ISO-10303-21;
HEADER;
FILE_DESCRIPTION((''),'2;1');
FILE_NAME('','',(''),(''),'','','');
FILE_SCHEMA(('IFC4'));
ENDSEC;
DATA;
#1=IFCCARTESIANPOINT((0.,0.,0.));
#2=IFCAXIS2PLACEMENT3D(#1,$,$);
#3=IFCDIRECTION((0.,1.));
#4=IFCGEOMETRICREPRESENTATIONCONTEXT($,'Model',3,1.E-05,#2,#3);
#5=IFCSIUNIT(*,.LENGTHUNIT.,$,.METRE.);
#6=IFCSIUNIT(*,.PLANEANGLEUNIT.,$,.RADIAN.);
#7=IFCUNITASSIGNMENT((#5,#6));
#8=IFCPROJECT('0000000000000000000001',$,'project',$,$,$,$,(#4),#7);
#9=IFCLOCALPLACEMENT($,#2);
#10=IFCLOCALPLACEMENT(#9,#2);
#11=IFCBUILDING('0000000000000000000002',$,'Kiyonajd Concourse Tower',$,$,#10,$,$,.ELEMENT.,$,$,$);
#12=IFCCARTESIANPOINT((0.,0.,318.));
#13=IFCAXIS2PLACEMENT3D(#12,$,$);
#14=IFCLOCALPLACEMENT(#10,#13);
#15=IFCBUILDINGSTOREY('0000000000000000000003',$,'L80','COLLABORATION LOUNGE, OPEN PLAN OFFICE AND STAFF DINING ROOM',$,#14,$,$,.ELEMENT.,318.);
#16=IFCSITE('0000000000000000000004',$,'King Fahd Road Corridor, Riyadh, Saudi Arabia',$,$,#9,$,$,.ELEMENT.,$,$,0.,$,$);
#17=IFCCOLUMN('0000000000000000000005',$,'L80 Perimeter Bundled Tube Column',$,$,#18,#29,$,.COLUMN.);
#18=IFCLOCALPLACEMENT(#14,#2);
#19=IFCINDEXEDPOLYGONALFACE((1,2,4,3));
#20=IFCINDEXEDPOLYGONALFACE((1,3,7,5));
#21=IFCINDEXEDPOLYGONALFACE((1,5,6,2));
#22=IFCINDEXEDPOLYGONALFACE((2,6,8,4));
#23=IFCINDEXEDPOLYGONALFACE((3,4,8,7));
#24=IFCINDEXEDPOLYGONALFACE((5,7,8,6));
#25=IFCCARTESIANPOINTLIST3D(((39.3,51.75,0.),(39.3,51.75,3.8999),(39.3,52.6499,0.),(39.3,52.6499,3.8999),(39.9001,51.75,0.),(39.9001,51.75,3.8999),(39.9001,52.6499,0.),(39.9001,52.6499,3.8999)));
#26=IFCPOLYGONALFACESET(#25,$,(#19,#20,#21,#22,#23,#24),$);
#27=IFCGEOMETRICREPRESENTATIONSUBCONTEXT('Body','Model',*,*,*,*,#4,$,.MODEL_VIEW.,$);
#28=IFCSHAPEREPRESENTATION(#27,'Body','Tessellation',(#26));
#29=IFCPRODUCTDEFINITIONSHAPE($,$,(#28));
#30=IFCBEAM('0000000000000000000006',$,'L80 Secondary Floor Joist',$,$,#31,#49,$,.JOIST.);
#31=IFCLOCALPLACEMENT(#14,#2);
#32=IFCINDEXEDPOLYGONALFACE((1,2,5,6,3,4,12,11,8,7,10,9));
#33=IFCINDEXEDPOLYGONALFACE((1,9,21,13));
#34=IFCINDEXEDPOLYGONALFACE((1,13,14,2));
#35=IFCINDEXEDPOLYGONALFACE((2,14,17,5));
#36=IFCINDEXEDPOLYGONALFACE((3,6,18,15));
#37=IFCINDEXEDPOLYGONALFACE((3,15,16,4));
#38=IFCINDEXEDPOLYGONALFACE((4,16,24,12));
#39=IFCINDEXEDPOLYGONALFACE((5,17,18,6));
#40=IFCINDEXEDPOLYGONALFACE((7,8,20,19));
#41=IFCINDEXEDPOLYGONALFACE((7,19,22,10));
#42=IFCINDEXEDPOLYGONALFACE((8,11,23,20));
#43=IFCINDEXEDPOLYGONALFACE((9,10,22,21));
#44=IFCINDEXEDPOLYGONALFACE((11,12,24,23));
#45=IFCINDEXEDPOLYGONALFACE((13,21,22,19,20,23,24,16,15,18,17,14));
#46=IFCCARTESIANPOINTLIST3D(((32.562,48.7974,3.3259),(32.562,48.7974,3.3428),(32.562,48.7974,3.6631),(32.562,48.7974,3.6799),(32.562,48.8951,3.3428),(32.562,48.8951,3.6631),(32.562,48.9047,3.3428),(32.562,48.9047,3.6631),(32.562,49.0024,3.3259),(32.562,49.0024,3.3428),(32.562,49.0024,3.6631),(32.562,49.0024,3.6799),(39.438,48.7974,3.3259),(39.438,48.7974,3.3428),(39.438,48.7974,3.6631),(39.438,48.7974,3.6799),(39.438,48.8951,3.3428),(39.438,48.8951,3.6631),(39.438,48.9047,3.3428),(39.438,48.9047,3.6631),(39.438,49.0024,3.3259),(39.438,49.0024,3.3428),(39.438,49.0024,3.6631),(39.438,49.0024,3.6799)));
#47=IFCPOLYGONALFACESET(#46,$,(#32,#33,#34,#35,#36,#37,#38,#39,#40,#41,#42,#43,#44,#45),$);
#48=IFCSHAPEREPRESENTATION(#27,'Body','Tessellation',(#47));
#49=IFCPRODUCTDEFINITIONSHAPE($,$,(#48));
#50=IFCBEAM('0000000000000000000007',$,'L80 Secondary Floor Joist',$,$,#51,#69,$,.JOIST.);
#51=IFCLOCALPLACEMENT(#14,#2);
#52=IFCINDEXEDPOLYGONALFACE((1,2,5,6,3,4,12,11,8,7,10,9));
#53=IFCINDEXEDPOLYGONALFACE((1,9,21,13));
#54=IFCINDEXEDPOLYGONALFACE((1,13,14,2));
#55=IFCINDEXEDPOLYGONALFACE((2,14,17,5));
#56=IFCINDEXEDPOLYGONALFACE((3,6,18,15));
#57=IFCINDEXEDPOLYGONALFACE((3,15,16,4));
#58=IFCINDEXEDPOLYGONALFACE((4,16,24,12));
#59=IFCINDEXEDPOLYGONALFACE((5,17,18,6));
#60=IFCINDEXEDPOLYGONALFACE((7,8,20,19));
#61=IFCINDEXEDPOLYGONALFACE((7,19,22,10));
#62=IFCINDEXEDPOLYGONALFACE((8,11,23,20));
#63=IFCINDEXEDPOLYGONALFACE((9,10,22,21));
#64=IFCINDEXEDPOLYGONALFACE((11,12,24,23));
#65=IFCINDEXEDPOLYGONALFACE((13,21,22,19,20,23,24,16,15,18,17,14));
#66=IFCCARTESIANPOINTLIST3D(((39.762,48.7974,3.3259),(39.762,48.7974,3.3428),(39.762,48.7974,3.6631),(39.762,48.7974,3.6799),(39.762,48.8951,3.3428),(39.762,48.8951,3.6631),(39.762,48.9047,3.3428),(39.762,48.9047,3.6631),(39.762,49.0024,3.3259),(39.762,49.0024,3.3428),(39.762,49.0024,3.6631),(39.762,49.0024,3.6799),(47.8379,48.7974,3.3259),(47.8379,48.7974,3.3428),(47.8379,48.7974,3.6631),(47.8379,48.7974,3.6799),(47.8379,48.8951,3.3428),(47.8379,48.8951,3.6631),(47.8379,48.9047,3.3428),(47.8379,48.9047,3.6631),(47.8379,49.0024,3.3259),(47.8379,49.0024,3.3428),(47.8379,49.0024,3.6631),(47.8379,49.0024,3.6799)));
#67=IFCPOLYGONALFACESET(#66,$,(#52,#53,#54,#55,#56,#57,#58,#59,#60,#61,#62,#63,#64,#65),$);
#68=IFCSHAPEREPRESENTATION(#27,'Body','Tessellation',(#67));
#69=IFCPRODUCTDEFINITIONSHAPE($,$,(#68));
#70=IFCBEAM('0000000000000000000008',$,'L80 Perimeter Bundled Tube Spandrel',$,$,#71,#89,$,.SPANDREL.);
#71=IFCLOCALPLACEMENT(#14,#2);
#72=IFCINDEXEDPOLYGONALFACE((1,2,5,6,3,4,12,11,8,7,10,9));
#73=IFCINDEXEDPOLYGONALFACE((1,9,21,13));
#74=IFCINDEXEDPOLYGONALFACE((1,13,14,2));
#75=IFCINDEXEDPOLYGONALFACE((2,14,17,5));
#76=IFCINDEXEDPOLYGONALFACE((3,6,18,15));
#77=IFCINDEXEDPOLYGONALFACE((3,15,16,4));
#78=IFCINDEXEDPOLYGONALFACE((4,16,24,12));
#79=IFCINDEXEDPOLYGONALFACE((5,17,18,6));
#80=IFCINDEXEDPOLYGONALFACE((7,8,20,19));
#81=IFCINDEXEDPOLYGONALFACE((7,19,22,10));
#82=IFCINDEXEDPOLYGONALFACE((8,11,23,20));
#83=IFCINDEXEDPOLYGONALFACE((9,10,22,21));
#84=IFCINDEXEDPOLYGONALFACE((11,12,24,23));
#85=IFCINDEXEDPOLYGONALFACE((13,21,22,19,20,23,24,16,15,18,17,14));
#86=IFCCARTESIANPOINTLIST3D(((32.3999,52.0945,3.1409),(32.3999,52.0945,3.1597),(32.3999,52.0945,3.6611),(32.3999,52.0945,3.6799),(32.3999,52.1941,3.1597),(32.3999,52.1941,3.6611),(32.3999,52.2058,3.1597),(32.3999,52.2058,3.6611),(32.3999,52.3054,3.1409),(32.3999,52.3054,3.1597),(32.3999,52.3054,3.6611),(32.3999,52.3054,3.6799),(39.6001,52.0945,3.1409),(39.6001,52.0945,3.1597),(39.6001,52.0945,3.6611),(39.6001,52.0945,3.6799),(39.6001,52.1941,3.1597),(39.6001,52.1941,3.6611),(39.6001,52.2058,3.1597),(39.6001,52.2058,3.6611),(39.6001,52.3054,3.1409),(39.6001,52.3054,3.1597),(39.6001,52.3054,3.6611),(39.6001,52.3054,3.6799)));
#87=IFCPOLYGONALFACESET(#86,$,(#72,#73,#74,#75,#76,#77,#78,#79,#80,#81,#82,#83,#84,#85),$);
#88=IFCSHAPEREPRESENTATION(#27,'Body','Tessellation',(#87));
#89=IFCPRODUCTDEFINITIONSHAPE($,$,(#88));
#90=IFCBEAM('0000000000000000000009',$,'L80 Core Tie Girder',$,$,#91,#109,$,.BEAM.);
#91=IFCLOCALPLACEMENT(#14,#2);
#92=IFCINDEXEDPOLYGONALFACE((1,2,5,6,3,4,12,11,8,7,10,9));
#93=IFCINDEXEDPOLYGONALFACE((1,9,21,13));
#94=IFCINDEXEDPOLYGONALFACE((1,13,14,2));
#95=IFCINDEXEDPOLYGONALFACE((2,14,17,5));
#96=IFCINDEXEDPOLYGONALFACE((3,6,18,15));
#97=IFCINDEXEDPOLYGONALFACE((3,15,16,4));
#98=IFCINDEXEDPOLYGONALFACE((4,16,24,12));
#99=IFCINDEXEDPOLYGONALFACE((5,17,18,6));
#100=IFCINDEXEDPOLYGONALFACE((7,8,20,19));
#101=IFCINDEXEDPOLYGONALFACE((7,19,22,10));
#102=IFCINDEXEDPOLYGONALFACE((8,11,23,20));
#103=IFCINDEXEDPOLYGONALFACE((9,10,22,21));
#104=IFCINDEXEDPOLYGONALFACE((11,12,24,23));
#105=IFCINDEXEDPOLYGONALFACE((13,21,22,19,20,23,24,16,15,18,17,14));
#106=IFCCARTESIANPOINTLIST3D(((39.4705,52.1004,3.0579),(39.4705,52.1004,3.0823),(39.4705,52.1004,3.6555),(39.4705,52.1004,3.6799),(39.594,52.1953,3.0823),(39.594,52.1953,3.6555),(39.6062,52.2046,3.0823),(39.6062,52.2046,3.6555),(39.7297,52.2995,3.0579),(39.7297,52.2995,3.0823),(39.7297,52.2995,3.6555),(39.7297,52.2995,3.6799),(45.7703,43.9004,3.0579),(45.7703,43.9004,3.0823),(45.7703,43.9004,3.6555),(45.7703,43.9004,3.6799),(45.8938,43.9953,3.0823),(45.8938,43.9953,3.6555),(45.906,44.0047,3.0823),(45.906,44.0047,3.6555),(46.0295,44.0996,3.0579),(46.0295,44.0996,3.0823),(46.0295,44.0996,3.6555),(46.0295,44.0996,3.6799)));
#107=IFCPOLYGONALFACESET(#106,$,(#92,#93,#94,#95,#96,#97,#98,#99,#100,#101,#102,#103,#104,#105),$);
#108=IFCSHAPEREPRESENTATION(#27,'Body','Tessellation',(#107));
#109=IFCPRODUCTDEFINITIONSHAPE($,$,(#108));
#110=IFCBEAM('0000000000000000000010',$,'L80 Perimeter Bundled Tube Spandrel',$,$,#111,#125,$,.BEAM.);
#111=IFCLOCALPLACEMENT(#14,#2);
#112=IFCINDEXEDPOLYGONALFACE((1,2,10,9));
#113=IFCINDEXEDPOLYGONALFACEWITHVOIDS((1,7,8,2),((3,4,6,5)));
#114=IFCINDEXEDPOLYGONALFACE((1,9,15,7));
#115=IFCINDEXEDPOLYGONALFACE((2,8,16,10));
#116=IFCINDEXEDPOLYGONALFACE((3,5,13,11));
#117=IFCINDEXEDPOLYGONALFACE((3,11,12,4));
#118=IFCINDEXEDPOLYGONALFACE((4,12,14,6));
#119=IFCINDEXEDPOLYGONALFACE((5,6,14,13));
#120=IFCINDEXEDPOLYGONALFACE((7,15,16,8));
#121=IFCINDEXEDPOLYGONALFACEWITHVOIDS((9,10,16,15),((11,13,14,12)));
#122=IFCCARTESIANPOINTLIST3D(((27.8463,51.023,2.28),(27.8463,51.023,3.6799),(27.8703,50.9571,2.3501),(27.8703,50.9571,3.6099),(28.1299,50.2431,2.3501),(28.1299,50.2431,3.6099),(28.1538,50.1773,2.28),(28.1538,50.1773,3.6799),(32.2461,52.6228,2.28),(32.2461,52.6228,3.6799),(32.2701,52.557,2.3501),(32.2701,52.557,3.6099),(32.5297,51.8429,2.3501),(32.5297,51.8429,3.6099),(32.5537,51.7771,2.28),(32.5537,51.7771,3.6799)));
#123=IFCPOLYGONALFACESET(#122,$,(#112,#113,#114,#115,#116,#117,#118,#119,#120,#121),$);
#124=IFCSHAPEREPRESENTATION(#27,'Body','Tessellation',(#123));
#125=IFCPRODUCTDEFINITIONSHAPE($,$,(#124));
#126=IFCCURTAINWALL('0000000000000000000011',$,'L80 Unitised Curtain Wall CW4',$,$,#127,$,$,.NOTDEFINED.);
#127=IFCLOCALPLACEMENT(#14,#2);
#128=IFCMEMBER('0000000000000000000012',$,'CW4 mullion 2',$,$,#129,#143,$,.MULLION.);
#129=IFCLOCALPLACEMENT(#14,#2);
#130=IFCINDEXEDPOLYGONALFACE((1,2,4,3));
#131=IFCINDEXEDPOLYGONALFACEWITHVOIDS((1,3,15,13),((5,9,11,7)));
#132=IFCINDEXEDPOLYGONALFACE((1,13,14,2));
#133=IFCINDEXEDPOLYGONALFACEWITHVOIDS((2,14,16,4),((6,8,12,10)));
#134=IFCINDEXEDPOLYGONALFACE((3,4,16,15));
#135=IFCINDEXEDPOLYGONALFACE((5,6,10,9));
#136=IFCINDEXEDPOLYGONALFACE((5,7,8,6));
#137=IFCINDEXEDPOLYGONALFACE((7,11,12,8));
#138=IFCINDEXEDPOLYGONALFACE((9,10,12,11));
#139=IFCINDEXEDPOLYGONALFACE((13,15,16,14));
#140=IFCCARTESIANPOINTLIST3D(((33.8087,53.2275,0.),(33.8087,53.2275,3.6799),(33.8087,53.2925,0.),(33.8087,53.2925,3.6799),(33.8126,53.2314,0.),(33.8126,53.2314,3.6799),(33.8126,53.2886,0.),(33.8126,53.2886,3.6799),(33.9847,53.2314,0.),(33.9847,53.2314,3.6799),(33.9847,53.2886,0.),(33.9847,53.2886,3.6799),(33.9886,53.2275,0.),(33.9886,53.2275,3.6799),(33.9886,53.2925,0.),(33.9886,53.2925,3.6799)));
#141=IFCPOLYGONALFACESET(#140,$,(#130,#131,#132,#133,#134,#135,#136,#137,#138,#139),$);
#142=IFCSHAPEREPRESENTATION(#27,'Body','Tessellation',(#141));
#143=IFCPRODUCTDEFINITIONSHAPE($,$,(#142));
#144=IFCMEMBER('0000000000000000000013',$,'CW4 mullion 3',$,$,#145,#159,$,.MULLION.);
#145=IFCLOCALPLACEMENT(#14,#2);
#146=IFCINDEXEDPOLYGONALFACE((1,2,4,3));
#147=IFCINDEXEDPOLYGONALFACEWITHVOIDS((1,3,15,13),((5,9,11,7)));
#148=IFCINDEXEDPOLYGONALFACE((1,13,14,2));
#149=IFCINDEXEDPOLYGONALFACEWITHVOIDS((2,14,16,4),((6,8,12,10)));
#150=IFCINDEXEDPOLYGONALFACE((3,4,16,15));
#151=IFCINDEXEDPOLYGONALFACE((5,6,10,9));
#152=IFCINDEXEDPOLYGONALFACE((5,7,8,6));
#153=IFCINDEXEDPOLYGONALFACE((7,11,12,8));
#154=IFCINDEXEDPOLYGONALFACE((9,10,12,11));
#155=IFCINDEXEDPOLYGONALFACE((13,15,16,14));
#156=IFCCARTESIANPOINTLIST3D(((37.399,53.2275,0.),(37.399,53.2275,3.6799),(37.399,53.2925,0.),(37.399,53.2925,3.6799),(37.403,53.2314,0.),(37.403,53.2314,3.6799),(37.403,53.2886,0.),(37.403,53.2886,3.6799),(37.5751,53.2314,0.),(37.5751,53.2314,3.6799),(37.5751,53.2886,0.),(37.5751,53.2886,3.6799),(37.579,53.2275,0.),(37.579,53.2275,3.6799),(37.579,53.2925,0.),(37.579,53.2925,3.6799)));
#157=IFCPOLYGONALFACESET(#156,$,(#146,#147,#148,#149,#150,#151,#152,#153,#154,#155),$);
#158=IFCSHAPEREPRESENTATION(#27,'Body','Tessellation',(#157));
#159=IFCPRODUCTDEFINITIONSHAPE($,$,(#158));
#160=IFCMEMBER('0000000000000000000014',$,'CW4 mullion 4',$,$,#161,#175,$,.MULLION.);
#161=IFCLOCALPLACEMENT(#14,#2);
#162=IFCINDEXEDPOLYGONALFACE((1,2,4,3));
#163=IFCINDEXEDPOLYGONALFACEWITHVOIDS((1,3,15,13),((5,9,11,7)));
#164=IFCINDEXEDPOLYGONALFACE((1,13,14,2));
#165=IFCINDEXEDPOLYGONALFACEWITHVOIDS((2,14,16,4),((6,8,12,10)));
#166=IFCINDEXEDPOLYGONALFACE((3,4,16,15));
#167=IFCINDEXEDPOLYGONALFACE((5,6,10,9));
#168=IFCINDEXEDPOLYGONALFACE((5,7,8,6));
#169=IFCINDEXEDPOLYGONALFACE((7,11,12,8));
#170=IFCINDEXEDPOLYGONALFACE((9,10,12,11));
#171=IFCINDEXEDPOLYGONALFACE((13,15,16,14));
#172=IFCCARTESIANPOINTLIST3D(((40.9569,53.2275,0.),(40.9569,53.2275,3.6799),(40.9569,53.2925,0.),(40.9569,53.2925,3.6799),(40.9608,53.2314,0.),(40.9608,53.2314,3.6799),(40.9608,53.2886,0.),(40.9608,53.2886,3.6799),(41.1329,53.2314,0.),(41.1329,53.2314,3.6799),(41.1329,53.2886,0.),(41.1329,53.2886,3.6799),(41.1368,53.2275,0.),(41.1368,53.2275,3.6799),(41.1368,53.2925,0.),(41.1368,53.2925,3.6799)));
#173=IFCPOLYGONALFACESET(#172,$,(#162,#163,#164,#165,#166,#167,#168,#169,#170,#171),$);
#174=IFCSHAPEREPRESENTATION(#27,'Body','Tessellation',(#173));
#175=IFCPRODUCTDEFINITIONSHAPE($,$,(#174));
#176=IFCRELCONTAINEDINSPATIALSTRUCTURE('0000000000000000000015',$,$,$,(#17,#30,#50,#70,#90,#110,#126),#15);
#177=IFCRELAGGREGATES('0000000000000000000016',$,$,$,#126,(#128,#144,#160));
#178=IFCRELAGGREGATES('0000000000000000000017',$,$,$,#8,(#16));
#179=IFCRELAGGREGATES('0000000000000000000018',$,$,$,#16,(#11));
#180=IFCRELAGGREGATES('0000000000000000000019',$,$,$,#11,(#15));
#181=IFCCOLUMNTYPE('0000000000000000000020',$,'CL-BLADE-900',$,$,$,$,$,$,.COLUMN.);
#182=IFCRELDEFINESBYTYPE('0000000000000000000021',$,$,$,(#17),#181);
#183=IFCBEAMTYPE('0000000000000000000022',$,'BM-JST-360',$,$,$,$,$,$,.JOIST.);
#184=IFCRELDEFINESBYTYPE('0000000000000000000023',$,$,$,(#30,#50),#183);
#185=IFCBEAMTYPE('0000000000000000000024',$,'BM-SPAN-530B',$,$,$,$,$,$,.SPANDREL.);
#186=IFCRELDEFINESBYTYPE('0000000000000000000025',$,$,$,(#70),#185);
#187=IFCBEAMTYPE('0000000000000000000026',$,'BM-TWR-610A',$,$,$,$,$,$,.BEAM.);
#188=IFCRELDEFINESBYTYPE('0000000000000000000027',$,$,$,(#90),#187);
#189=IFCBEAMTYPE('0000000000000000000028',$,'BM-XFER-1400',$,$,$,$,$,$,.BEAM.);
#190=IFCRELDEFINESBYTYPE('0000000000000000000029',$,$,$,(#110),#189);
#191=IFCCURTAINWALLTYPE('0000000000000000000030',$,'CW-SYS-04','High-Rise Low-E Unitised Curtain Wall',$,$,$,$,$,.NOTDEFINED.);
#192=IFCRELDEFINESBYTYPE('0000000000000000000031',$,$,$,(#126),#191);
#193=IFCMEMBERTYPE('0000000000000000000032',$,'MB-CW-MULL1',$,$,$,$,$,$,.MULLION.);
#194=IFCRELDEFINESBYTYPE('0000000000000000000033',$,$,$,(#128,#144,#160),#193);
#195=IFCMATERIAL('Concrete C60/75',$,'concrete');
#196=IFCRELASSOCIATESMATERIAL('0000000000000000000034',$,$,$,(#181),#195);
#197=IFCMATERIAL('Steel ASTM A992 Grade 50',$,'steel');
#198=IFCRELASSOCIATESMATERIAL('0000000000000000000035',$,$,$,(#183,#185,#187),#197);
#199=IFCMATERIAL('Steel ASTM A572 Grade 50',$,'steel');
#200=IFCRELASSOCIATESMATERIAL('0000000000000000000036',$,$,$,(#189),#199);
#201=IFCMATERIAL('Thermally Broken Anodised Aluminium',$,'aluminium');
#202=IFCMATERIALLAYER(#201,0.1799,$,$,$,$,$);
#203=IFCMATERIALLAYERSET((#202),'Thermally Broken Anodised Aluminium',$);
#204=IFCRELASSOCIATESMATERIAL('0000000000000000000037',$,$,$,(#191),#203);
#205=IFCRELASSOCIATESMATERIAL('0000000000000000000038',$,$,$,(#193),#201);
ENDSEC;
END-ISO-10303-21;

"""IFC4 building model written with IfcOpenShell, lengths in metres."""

from ifc_helpers import new_model, si_unit, direction, frame, origin, origin_2d, place, context, subcontext, project, spatial, rectangle, hollow_rectangle, i_section, extrude, material, layer, layer_set, material_profile, profile_set, type_object, element, aggregate, save


model = new_model("IFC4")

# Units and contexts
model_context = context("Model", 3, precision=1e-05, world=origin(), true_north=direction((0.0, 1.0)))
body_context = subcontext(model_context, "Body", "Model", "MODEL_VIEW")
ifc_project = project(units=[si_unit("LENGTHUNIT", "METRE"), si_unit("PLANEANGLEUNIT", "RADIAN")], contexts=[model_context])

# Site, building, storey
site_placement = place(None, origin())
site = spatial("IfcSite", under=ifc_project, at=site_placement, Name="King Fahd Road Corridor, Riyadh, Saudi Arabia", CompositionType="ELEMENT", RefElevation=0.0)
building_placement = place(site_placement, origin())
building = spatial("IfcBuilding", under=site, at=building_placement, Name="Kiyonajd Concourse Tower", CompositionType="ELEMENT")
storey_placement = place(building_placement, frame((0.0, 0.0, 318.0)))
storey = spatial("IfcBuildingStorey", under=building, at=storey_placement, Name="L80", Description="COLLABORATION LOUNGE, OPEN PLAN OFFICE AND STAFF DINING ROOM", CompositionType="ELEMENT", Elevation=318.0)

# Column
ifc_material_1 = material(Name="Concrete C60/75", Category="concrete")
ifc_material_profile_1 = material_profile(ifc_material_1, rectangle(XDim=0.6001, YDim=0.8999, at=origin_2d()), Name="RC-900x600")
ifc_profile_set_1 = profile_set([ifc_material_profile_1], Name="Concrete C60/75")
column_type = type_object("IfcColumnType", Name="CL-BLADE-900", PredefinedType="COLUMN", material=ifc_profile_set_1)
column_placement = place(storey_placement, frame((39.6001, 52.2, 0.0), z_axis=(0.0, 0.0, 1.0), x_axis=(1.0, 0.0, 0.0)))
element("IfcColumn", 1, at=column_placement, inside=storey, type_object=column_type, Name="L80 Perimeter Bundled Tube Column", PredefinedType="COLUMN", context=body_context, shape_type="SweptSolid", body=[
    extrude(rectangle(XDim=0.6001, YDim=0.8999, at=origin_2d()), origin(), (0.0, 0.0, 1.0), 3.8999),
])

# Beams
ifc_material_2 = material(Name="Steel ASTM A992 Grade 50", Category="steel")
ifc_material_profile_2 = material_profile(ifc_material_2, i_section(OverallWidth=0.2051, OverallDepth=0.354, WebThickness=0.0095, FlangeThickness=0.0168, at=origin_2d()), Name="W360X79")
ifc_profile_set_2 = profile_set([ifc_material_profile_2], Name="Steel ASTM A992 Grade 50")
beam_type_1 = type_object("IfcBeamType", Name="BM-JST-360", PredefinedType="JOIST", material=ifc_profile_set_2)
beam_1_placement = place(storey_placement, frame((32.562, 48.8999, 3.5029), z_axis=(1.0, 0.0, 0.0), x_axis=(0.0, 1.0, 0.0)))
element("IfcBeam", 2, at=beam_1_placement, inside=storey, type_object=beam_type_1, Name="L80 Secondary Floor Joist", PredefinedType="JOIST", context=body_context, shape_type="SweptSolid", body=[
    extrude(i_section(OverallWidth=0.2051, OverallDepth=0.354, WebThickness=0.0095, FlangeThickness=0.0168, at=origin_2d()), origin(), (0.0, 0.0, 1.0), 6.876),
])
beam_2_placement = place(storey_placement, frame((39.762, 48.8999, 3.5029), z_axis=(1.0, 0.0, 0.0), x_axis=(0.0, 1.0, 0.0)))
element("IfcBeam", 3, at=beam_2_placement, inside=storey, type_object=beam_type_1, Name="L80 Secondary Floor Joist", PredefinedType="JOIST", context=body_context, shape_type="SweptSolid", body=[
    extrude(i_section(OverallWidth=0.2051, OverallDepth=0.354, WebThickness=0.0095, FlangeThickness=0.0168, at=origin_2d()), origin(), (0.0, 0.0, 1.0), 8.0759),
])
ifc_material_profile_3 = material_profile(ifc_material_2, i_section(OverallWidth=0.2109, OverallDepth=0.5391, WebThickness=0.0117, FlangeThickness=0.0188, at=origin_2d()), Name="W530X109")
ifc_profile_set_3 = profile_set([ifc_material_profile_3], Name="Steel ASTM A992 Grade 50")
beam_type_2 = type_object("IfcBeamType", Name="BM-SPAN-530B", PredefinedType="SPANDREL", material=ifc_profile_set_3)
beam_3_placement = place(storey_placement, frame((39.6001, 52.2, 3.4104), z_axis=(-1.0, 0.0, 0.0), x_axis=(0.0, -1.0, 0.0)))
element("IfcBeam", 4, at=beam_3_placement, inside=storey, type_object=beam_type_2, Name="L80 Perimeter Bundled Tube Spandrel", PredefinedType="SPANDREL", context=body_context, shape_type="SweptSolid", body=[
    extrude(i_section(OverallWidth=0.2109, OverallDepth=0.5391, WebThickness=0.0117, FlangeThickness=0.0188, at=origin_2d()), origin(), (0.0, 0.0, 1.0), 7.2002),
])
ifc_material_profile_4 = material_profile(ifc_material_2, i_section(OverallWidth=0.3269, OverallDepth=0.6221, WebThickness=0.0154, FlangeThickness=0.0244, at=origin_2d()), Name="W610X195")
ifc_profile_set_4 = profile_set([ifc_material_profile_4], Name="Steel ASTM A992 Grade 50")
beam_type_3 = type_object("IfcBeamType", Name="BM-TWR-610A", PredefinedType="BEAM", material=ifc_profile_set_4)
beam_4_placement = place(storey_placement, frame((39.6001, 52.2, 3.3689), z_axis=(0.609234, -0.792991, 0.0), x_axis=(0.792991, 0.609234, 0.0)))
element("IfcBeam", 5, at=beam_4_placement, inside=storey, type_object=beam_type_3, Name="L80 Core Tie Girder", PredefinedType="BEAM", context=body_context, shape_type="SweptSolid", body=[
    extrude(i_section(OverallWidth=0.3269, OverallDepth=0.6221, WebThickness=0.0154, FlangeThickness=0.0244, at=origin_2d()), origin(), (0.0, 0.0, 1.0), 10.3406),
])
ifc_material_3 = material(Name="Steel ASTM A572 Grade 50", Category="steel")
ifc_material_profile_5 = material_profile(ifc_material_3, hollow_rectangle(XDim=0.8999, YDim=1.3999, WallThickness=0.0701, at=origin_2d()), Name="BOX-1400x900x70")
ifc_profile_set_5 = profile_set([ifc_material_profile_5], Name="Steel ASTM A572 Grade 50")
beam_type_4 = type_object("IfcBeamType", Name="BM-XFER-1400", PredefinedType="BEAM", material=ifc_profile_set_5)
beam_5_placement = place(storey_placement, frame((32.3999, 52.2, 2.98), z_axis=(-0.939801, -0.341722, 0.0), x_axis=(0.341722, -0.939801, 0.0)))
element("IfcBeam", 6, at=beam_5_placement, inside=storey, type_object=beam_type_4, Name="L80 Perimeter Bundled Tube Spandrel", PredefinedType="BEAM", context=body_context, shape_type="SweptSolid", body=[
    extrude(hollow_rectangle(XDim=0.8999, YDim=1.3999, WallThickness=0.0701, at=origin_2d()), origin(), (0.0, 0.0, 1.0), 4.6816),
])

# Curtain wall, members
ifc_material_4 = material(Name="Thermally Broken Anodised Aluminium", Category="aluminium")
ifc_layer_1 = layer(ifc_material_4, 0.1799)
ifc_layer_set_1 = layer_set([ifc_layer_1], Name="Thermally Broken Anodised Aluminium")
curtain_wall_type = type_object("IfcCurtainWallType", Name="CW-SYS-04", Description="High-Rise Low-E Unitised Curtain Wall", PredefinedType="NOTDEFINED", material=ifc_layer_set_1)
curtain_wall_placement = place(storey_placement, origin())
curtain_wall = element("IfcCurtainWall", 7, at=curtain_wall_placement, inside=storey, type_object=curtain_wall_type, Name="L80 Unitised Curtain Wall CW4", PredefinedType="NOTDEFINED")
ifc_material_profile_6 = material_profile(ifc_material_4, hollow_rectangle(XDim=0.0649, YDim=0.1799, WallThickness=0.0039, at=origin_2d()), Name="MULL-65x180")
ifc_profile_set_6 = profile_set([ifc_material_profile_6], Name="Thermally Broken Anodised Aluminium")
member_type_1 = type_object("IfcMemberType", Name="MB-CW-MULL1", PredefinedType="MULLION", material=ifc_profile_set_6)
member_1_placement = place(storey_placement, frame((33.8987, 53.26, 0.0), z_axis=(0.0, 0.0, 1.0), x_axis=(0.0, 1.0, 0.0)))
member_1 = element("IfcMember", 8, at=member_1_placement, type_object=member_type_1, Name="CW4 mullion 2", PredefinedType="MULLION", context=body_context, shape_type="SweptSolid", body=[
    extrude(hollow_rectangle(XDim=0.0649, YDim=0.1799, WallThickness=0.0039, at=origin_2d()), origin(), (0.0, 0.0, 1.0), 3.6799),
])
member_2_placement = place(storey_placement, frame((37.489, 53.26, 0.0), z_axis=(0.0, 0.0, 1.0), x_axis=(0.0, 1.0, 0.0)))
member_2 = element("IfcMember", 9, at=member_2_placement, type_object=member_type_1, Name="CW4 mullion 3", PredefinedType="MULLION", context=body_context, shape_type="SweptSolid", body=[
    extrude(hollow_rectangle(XDim=0.0649, YDim=0.1799, WallThickness=0.0039, at=origin_2d()), origin(), (0.0, 0.0, 1.0), 3.6799),
])
member_3_placement = place(storey_placement, frame((41.0469, 53.26, 0.0), z_axis=(0.0, 0.0, 1.0), x_axis=(0.0, 1.0, 0.0)))
member_3 = element("IfcMember", 10, at=member_3_placement, type_object=member_type_1, Name="CW4 mullion 4", PredefinedType="MULLION", context=body_context, shape_type="SweptSolid", body=[
    extrude(hollow_rectangle(XDim=0.0649, YDim=0.1799, WallThickness=0.0039, at=origin_2d()), origin(), (0.0, 0.0, 1.0), 3.6799),
])

aggregate(curtain_wall, [member_1, member_2, member_3])

save(model, "model.ifc")
